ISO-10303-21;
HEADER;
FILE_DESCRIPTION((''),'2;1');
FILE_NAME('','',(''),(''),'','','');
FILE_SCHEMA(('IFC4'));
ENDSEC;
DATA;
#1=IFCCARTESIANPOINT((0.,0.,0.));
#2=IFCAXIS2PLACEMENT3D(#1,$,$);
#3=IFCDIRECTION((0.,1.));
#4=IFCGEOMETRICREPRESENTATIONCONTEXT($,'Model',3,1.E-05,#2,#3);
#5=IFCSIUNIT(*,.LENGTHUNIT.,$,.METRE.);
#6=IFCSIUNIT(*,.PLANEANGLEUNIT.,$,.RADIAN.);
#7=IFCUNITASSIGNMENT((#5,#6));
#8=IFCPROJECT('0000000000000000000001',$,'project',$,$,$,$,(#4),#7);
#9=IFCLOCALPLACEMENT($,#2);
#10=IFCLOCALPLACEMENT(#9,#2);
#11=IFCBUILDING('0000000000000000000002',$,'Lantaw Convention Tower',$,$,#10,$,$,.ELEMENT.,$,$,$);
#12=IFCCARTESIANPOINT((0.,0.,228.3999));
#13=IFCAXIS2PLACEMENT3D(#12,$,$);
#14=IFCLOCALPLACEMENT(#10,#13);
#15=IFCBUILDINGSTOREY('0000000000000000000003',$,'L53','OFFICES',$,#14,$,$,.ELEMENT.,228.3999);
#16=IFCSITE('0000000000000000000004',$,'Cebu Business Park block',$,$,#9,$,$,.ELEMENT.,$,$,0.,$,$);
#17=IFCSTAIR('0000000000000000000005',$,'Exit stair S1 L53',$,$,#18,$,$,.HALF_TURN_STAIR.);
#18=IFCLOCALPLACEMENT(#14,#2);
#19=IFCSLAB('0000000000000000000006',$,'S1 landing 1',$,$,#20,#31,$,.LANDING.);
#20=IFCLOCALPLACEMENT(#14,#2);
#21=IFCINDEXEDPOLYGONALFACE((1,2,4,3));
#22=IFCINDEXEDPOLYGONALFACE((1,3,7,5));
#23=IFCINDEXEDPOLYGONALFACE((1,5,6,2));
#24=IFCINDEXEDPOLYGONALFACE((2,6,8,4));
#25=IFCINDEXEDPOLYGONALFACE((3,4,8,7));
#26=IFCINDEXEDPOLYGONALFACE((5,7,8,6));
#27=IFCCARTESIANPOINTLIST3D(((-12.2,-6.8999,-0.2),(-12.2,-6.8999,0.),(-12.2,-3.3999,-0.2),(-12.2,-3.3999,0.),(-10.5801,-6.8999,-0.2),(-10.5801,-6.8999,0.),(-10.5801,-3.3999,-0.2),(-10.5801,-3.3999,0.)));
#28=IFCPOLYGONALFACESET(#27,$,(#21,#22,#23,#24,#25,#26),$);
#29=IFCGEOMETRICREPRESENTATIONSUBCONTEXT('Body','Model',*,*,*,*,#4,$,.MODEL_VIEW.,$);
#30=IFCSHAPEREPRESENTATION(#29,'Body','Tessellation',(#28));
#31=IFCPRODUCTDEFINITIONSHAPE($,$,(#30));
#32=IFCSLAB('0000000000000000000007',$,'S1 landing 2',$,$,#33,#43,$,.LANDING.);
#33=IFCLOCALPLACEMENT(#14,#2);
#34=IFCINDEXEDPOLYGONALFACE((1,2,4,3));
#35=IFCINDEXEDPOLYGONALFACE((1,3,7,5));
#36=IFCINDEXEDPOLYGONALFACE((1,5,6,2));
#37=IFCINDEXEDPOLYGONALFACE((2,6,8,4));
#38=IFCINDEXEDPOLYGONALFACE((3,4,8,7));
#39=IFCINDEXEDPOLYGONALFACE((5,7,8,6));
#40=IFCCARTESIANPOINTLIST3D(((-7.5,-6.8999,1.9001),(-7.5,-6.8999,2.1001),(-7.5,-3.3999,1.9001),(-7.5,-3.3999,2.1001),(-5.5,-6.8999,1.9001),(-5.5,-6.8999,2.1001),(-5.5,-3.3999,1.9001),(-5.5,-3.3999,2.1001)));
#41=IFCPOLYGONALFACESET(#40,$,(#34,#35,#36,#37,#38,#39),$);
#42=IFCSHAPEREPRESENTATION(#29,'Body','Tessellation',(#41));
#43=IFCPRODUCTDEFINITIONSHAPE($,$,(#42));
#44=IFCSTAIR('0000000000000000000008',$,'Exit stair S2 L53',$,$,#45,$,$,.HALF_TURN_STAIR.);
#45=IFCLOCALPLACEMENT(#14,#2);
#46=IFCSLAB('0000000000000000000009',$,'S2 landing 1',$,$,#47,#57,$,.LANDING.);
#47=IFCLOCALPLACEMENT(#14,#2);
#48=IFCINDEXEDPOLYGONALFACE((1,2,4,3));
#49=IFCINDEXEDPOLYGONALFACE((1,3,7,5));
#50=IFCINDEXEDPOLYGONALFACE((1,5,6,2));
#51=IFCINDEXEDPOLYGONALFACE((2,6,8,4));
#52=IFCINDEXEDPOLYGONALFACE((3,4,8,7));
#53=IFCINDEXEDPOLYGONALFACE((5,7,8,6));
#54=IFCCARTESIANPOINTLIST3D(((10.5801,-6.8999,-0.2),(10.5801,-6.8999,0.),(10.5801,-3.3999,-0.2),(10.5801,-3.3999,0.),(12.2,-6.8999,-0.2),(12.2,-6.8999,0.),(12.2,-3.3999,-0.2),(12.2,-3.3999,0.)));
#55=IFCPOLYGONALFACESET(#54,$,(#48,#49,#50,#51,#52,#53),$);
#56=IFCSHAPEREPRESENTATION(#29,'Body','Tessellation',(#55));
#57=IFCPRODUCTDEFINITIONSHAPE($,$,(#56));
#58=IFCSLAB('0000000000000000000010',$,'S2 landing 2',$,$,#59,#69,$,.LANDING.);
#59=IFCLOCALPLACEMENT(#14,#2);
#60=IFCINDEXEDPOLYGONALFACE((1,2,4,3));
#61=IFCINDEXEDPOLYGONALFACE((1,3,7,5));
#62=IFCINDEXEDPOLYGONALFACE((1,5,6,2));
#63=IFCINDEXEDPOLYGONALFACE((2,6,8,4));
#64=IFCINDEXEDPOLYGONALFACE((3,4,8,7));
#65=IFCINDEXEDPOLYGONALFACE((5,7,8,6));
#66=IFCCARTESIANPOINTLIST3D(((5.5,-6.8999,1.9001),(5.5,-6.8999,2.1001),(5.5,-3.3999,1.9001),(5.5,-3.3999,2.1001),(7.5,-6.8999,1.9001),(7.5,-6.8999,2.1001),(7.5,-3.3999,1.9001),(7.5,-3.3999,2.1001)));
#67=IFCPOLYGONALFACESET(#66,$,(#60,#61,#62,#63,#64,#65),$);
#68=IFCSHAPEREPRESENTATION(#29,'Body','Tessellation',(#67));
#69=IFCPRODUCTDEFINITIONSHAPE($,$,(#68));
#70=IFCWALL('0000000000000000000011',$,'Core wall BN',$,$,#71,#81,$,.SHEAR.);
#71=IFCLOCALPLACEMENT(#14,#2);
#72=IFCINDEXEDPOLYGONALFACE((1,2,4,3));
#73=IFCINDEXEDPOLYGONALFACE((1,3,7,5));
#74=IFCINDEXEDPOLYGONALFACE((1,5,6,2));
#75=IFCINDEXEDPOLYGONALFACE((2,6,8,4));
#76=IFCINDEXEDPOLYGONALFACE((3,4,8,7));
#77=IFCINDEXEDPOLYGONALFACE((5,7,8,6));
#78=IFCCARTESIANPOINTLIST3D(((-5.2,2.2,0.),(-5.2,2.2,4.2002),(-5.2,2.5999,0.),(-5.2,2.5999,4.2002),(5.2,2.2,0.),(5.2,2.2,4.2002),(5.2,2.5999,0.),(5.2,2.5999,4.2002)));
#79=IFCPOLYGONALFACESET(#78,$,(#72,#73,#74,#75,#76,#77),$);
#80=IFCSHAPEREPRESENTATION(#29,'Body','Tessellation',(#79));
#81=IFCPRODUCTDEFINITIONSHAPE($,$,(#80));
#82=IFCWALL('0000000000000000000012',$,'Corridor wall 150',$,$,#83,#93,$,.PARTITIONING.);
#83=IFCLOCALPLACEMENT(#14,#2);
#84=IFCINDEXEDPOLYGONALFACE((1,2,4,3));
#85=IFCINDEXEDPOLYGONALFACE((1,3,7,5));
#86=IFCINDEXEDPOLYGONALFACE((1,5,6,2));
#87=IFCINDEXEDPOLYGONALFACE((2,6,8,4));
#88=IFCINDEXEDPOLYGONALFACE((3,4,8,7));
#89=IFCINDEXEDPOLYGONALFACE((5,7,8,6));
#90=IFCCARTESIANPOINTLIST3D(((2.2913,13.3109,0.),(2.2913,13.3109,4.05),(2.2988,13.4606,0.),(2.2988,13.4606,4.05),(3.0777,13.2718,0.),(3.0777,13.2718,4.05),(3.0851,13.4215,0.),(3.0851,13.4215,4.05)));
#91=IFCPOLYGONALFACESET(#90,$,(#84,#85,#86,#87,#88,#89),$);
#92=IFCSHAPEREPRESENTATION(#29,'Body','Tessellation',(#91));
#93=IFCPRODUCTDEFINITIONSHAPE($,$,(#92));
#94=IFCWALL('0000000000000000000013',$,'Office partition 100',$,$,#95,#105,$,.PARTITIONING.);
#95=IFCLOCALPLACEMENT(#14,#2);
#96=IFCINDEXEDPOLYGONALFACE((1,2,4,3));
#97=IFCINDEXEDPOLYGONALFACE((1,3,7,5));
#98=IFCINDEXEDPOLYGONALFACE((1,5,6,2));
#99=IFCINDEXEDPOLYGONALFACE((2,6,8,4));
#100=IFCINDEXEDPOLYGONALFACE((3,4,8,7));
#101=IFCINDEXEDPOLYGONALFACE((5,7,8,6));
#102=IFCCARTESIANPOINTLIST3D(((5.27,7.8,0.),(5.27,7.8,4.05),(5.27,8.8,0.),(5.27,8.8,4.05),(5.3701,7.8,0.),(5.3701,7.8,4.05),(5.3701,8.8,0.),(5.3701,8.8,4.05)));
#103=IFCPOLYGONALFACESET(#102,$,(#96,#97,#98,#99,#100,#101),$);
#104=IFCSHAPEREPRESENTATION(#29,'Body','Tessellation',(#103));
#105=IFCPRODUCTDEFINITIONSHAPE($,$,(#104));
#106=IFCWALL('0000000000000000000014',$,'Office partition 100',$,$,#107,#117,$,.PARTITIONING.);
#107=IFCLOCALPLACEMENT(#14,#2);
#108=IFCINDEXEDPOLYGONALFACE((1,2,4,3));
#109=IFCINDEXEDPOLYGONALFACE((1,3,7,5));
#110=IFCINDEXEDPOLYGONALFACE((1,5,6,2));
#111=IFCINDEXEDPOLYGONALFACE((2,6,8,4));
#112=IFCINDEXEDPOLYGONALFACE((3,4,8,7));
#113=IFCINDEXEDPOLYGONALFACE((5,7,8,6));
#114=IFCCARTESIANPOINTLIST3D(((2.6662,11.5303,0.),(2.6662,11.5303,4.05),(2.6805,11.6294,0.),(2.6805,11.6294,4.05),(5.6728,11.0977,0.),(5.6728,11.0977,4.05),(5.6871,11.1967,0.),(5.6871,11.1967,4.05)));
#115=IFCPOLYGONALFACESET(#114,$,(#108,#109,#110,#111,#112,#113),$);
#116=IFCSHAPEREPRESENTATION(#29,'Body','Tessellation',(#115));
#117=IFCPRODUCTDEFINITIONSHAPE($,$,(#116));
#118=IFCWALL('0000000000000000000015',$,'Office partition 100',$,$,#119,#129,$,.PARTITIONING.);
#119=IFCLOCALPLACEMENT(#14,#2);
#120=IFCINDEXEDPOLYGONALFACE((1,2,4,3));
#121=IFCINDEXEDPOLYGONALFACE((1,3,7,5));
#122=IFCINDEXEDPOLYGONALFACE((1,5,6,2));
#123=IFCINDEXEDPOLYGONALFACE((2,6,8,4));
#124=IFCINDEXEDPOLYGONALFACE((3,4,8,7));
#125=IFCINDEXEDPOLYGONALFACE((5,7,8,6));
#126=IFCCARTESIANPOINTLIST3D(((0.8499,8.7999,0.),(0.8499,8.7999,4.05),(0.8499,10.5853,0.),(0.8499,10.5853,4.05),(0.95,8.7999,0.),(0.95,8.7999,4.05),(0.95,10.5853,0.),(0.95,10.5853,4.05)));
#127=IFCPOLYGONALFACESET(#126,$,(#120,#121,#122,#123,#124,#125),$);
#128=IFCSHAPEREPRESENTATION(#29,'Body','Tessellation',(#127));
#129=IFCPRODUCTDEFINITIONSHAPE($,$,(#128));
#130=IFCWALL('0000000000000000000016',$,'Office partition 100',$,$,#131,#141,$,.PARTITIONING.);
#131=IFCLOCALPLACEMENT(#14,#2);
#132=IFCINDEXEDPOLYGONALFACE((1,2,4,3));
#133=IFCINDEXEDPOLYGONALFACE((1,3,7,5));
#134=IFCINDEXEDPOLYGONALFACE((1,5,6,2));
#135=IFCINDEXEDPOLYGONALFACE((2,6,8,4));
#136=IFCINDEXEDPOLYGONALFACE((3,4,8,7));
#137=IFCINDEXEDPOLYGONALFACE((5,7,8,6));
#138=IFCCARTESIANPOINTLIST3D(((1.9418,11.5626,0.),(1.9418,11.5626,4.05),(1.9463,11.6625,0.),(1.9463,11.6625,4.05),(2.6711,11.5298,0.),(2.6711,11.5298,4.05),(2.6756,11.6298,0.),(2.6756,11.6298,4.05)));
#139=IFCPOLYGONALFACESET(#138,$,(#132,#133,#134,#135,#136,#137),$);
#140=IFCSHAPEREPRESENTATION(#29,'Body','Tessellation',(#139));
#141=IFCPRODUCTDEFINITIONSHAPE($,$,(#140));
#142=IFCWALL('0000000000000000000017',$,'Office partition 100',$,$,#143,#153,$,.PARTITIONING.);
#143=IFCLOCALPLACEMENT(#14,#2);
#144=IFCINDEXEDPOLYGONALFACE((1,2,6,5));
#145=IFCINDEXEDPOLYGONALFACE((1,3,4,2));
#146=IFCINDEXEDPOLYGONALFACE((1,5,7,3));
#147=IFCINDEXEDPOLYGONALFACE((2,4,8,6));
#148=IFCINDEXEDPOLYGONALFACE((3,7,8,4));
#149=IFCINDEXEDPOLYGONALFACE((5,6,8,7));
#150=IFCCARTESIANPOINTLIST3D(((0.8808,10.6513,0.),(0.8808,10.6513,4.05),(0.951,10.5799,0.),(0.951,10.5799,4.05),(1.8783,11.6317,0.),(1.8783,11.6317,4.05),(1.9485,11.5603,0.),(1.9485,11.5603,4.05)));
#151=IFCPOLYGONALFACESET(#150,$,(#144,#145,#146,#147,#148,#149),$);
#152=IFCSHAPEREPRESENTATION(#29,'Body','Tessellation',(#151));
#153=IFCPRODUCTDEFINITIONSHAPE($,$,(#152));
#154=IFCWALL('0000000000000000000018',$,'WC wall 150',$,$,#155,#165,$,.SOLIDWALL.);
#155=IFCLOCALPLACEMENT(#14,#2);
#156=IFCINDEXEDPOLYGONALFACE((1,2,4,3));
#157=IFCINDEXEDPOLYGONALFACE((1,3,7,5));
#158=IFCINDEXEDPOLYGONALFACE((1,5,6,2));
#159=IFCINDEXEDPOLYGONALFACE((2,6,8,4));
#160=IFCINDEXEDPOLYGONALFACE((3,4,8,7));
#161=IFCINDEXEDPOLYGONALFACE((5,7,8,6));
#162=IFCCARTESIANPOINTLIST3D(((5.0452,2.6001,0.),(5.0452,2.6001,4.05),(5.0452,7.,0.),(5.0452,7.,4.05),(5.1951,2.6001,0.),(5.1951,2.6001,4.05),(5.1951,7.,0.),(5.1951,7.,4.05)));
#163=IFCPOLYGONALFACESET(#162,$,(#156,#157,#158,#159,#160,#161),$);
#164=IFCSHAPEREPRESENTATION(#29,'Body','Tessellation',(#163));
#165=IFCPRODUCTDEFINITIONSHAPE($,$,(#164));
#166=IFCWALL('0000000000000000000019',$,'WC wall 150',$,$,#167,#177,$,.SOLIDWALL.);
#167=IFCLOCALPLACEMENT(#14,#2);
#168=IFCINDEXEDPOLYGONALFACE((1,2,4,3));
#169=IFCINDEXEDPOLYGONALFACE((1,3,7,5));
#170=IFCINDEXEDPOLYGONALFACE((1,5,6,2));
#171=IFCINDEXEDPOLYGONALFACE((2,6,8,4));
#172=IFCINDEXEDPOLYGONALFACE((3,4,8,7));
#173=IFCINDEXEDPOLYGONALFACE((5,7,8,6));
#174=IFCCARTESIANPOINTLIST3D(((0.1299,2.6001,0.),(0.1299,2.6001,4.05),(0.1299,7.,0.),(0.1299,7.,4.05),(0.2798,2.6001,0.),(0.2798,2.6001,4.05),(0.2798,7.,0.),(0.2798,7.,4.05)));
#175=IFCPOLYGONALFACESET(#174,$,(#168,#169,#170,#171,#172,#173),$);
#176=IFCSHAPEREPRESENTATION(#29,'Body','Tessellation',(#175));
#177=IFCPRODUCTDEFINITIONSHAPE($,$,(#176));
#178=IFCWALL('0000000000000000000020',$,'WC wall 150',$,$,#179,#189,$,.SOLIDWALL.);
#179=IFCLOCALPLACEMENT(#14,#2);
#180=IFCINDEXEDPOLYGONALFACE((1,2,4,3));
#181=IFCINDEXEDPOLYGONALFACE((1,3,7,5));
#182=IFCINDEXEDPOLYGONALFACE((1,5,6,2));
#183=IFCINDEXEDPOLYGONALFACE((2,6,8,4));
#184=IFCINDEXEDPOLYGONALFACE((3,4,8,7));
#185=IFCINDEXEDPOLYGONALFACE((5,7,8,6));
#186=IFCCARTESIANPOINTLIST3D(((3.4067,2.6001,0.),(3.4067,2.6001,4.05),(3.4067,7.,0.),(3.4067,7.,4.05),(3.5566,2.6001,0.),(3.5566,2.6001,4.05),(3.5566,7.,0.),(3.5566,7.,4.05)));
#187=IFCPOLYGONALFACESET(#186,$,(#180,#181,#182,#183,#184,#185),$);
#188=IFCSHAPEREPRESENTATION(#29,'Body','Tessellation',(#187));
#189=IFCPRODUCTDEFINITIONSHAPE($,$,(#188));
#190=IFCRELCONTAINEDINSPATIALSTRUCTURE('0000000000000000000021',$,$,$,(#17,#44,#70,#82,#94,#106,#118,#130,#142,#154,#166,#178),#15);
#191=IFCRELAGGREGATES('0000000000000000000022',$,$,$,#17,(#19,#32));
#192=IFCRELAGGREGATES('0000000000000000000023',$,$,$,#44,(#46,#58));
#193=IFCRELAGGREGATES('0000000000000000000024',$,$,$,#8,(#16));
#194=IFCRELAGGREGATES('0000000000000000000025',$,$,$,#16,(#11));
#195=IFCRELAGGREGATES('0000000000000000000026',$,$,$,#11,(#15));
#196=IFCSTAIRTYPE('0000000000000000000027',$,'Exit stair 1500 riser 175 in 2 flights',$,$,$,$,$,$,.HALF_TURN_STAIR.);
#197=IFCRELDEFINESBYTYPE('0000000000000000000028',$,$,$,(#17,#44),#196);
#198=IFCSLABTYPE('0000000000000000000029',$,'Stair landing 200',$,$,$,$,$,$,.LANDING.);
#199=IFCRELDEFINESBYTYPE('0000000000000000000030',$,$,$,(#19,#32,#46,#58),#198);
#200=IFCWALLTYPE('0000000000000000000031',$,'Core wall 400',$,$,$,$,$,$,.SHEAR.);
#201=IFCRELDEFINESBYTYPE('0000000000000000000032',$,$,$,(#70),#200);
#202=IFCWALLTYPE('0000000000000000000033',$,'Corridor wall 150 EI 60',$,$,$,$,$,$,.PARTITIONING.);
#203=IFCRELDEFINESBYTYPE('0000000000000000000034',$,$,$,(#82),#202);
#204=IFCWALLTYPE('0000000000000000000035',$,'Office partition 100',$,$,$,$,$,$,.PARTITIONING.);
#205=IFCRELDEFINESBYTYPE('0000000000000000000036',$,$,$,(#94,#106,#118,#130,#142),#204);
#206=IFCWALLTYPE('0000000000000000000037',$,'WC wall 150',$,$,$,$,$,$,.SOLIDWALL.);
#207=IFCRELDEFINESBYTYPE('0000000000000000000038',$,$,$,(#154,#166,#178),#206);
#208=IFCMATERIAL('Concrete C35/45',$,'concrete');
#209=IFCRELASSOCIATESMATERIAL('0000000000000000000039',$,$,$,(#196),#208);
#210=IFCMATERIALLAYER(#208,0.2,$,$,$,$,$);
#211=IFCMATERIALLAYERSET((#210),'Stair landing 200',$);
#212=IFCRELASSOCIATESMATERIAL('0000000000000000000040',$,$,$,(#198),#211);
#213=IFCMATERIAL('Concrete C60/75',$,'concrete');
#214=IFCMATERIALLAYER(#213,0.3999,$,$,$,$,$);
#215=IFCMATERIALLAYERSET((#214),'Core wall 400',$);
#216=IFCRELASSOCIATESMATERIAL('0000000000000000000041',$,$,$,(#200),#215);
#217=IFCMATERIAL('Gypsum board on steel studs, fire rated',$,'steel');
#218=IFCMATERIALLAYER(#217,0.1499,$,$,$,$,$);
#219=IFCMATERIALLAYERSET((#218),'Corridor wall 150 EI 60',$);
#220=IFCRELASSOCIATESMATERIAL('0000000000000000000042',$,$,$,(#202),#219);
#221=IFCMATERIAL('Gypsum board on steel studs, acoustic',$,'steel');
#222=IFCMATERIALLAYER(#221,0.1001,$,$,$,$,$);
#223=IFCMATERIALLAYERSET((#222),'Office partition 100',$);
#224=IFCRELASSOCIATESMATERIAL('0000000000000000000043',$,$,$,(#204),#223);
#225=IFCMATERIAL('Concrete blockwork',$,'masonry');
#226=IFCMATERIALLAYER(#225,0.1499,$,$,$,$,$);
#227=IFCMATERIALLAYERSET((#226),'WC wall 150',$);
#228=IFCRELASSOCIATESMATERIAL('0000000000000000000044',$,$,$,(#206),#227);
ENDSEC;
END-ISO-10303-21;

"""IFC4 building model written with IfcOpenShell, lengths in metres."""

from ifc_helpers import new_model, si_unit, direction, frame, frame_2d, origin, place, context, subcontext, project, spatial, polyline, rectangle, outline, extrude, material, layer, layer_set, type_object, element, aggregate, save


model = new_model("IFC4")

# Units and contexts
model_context = context("Model", 3, precision=1e-05, world=origin(), true_north=direction((0.0, 1.0)))
body_context = subcontext(model_context, "Body", "Model", "MODEL_VIEW")
ifc_project = project(units=[si_unit("LENGTHUNIT", "METRE"), si_unit("PLANEANGLEUNIT", "RADIAN")], contexts=[model_context])

# Site, building, storey
site_placement = place(None, origin())
site = spatial("IfcSite", under=ifc_project, at=site_placement, Name="Cebu Business Park block", CompositionType="ELEMENT", RefElevation=0.0)
building_placement = place(site_placement, origin())
building = spatial("IfcBuilding", under=site, at=building_placement, Name="Lantaw Convention Tower", CompositionType="ELEMENT")
storey_placement = place(building_placement, frame((0.0, 0.0, 228.3999)))
storey = spatial("IfcBuildingStorey", under=building, at=storey_placement, Name="L53", Description="OFFICES", CompositionType="ELEMENT", Elevation=228.3999)

# Stairs, slabs
ifc_material_1 = material(Name="Concrete C35/45", Category="concrete")
stair_type = type_object("IfcStairType", Name="Exit stair 1500 riser 175 in 2 flights", PredefinedType="HALF_TURN_STAIR", material=ifc_material_1)
stair_1_placement = place(storey_placement, origin())
stair_1 = element("IfcStair", 1, at=stair_1_placement, inside=storey, type_object=stair_type, Name="Exit stair S1 L53", PredefinedType="HALF_TURN_STAIR")
ifc_layer_1 = layer(ifc_material_1, 0.2)
ifc_layer_set_1 = layer_set([ifc_layer_1], Name="Stair landing 200")
slab_type = type_object("IfcSlabType", Name="Stair landing 200", PredefinedType="LANDING", material=ifc_layer_set_1)
slab_1_placement = place(storey_placement, frame((0.0, 0.0, -0.2)))
slab_1 = element("IfcSlab", 2, at=slab_1_placement, type_object=slab_type, Name="S1 landing 1", PredefinedType="LANDING", context=body_context, shape_type="SweptSolid", body=[
    extrude(outline(polyline([(-12.2, -6.8999), (-10.5801, -6.8999), (-10.5801, -3.3999), (-12.2, -3.3999), (-12.2, -6.8999)])), origin(), (0.0, 0.0, 1.0), 0.2),
])
slab_2_placement = place(storey_placement, frame((0.0, 0.0, 1.9001)))
slab_2 = element("IfcSlab", 3, at=slab_2_placement, type_object=slab_type, Name="S1 landing 2", PredefinedType="LANDING", context=body_context, shape_type="SweptSolid", body=[
    extrude(outline(polyline([(-7.5, -6.8999), (-5.5, -6.8999), (-5.5, -3.3999), (-7.5, -3.3999), (-7.5, -6.8999)])), origin(), (0.0, 0.0, 1.0), 0.2),
])
aggregate(stair_1, [slab_1, slab_2])
stair_2_placement = place(storey_placement, origin())
stair_2 = element("IfcStair", 4, at=stair_2_placement, inside=storey, type_object=stair_type, Name="Exit stair S2 L53", PredefinedType="HALF_TURN_STAIR")
slab_3_placement = place(storey_placement, frame((0.0, 0.0, -0.2)))
slab_3 = element("IfcSlab", 5, at=slab_3_placement, type_object=slab_type, Name="S2 landing 1", PredefinedType="LANDING", context=body_context, shape_type="SweptSolid", body=[
    extrude(outline(polyline([(10.5801, -6.8999), (12.2, -6.8999), (12.2, -3.3999), (10.5801, -3.3999), (10.5801, -6.8999)])), origin(), (0.0, 0.0, 1.0), 0.2),
])
slab_4_placement = place(storey_placement, frame((0.0, 0.0, 1.9001)))
slab_4 = element("IfcSlab", 6, at=slab_4_placement, type_object=slab_type, Name="S2 landing 2", PredefinedType="LANDING", context=body_context, shape_type="SweptSolid", body=[
    extrude(outline(polyline([(5.5, -6.8999), (7.5, -6.8999), (7.5, -3.3999), (5.5, -3.3999), (5.5, -6.8999)])), origin(), (0.0, 0.0, 1.0), 0.2),
])
aggregate(stair_2, [slab_3, slab_4])

# Walls
ifc_material_2 = material(Name="Concrete C60/75", Category="concrete")
ifc_layer_2 = layer(ifc_material_2, 0.3999)
ifc_layer_set_2 = layer_set([ifc_layer_2], Name="Core wall 400")
wall_type_1 = type_object("IfcWallType", Name="Core wall 400", PredefinedType="SHEAR", material=ifc_layer_set_2)
wall_1_placement = place(storey_placement, frame((5.2, 2.3999, 0.0), z_axis=(0.0, 0.0, 1.0), x_axis=(-1.0, 0.0, 0.0)))
element("IfcWall", 7, at=wall_1_placement, inside=storey, type_object=wall_type_1, Name="Core wall BN", PredefinedType="SHEAR", context=body_context, shape_type="SweptSolid", body=[
    extrude(rectangle(XDim=10.3999, YDim=0.3999, at=frame_2d((5.2, 0.0))), origin(), (0.0, 0.0, 1.0), 4.2002),
])
ifc_material_3 = material(Name="Gypsum board on steel studs, fire rated", Category="steel")
ifc_layer_3 = layer(ifc_material_3, 0.1499)
ifc_layer_set_3 = layer_set([ifc_layer_3], Name="Corridor wall 150 EI 60")
wall_type_2 = type_object("IfcWallType", Name="Corridor wall 150 EI 60", PredefinedType="PARTITIONING", material=ifc_layer_set_3)
wall_2_placement = place(storey_placement, frame((3.0813, 13.3467, 0.0), z_axis=(0.0, 0.0, 1.0), x_axis=(-0.998769, 0.049613, 0.0)))
element("IfcWall", 8, at=wall_2_placement, inside=storey, type_object=wall_type_2, Name="Corridor wall 150", PredefinedType="PARTITIONING", context=body_context, shape_type="SweptSolid", body=[
    extrude(rectangle(XDim=0.7874, YDim=0.1499, at=frame_2d((0.3936, 0.0))), origin(), (0.0, 0.0, 1.0), 4.05),
])
ifc_material_4 = material(Name="Gypsum board on steel studs, acoustic", Category="steel")
ifc_layer_4 = layer(ifc_material_4, 0.1001)
ifc_layer_set_4 = layer_set([ifc_layer_4], Name="Office partition 100")
wall_type_3 = type_object("IfcWallType", Name="Office partition 100", PredefinedType="PARTITIONING", material=ifc_layer_set_4)
wall_3_placement = place(storey_placement, frame((5.3201, 7.8, 0.0), z_axis=(0.0, 0.0, 1.0), x_axis=(0.0, 1.0, 0.0)))
element("IfcWall", 9, at=wall_3_placement, inside=storey, type_object=wall_type_3, Name="Office partition 100", PredefinedType="PARTITIONING", context=body_context, shape_type="SweptSolid", body=[
    extrude(rectangle(XDim=1.0, YDim=0.1001, at=frame_2d((0.5, 0.0))), origin(), (0.0, 0.0, 1.0), 4.05),
])
wall_4_placement = place(storey_placement, frame((2.6733, 11.5798, 0.0), z_axis=(0.0, 0.0, 1.0), x_axis=(0.989806, -0.142423, 0.0)))
element("IfcWall", 10, at=wall_4_placement, inside=storey, type_object=wall_type_3, Name="Office partition 100", PredefinedType="PARTITIONING", context=body_context, shape_type="SweptSolid", body=[
    extrude(rectangle(XDim=3.0376, YDim=0.1001, at=frame_2d((1.5188, 0.0))), origin(), (0.0, 0.0, 1.0), 4.05),
])
wall_5_placement = place(storey_placement, frame((0.8999, 8.8, 0.0), z_axis=(0.0, 0.0, 1.0), x_axis=(0.0, 1.0, 0.0)))
element("IfcWall", 11, at=wall_5_placement, inside=storey, type_object=wall_type_3, Name="Office partition 100", PredefinedType="PARTITIONING", context=body_context, shape_type="SweptSolid", body=[
    extrude(rectangle(XDim=1.7854, YDim=0.1001, at=frame_2d((0.8926, 0.0))), origin(), (0.0, 0.0, 1.0), 4.05),
])
wall_6_placement = place(storey_placement, frame((1.9441, 11.6125, 0.0), z_axis=(0.0, 0.0, 1.0), x_axis=(0.998995, -0.044816, 0.0)))
element("IfcWall", 12, at=wall_6_placement, inside=storey, type_object=wall_type_3, Name="Office partition 100", PredefinedType="PARTITIONING", context=body_context, shape_type="SweptSolid", body=[
    extrude(rectangle(XDim=0.73, YDim=0.1001, at=frame_2d((0.365, 0.0))), origin(), (0.0, 0.0, 1.0), 4.05),
])
wall_7_placement = place(storey_placement, frame((1.9133, 11.5959, 0.0), z_axis=(0.0, 0.0, 1.0), x_axis=(-0.713189, -0.700971, 0.0)))
element("IfcWall", 13, at=wall_7_placement, inside=storey, type_object=wall_type_3, Name="Office partition 100", PredefinedType="PARTITIONING", context=body_context, shape_type="SweptSolid", body=[
    extrude(rectangle(XDim=1.3987, YDim=0.1001, at=frame_2d((0.6992, 0.0))), origin(), (0.0, 0.0, 1.0), 4.05),
])
ifc_material_5 = material(Name="Concrete blockwork", Category="masonry")
ifc_layer_5 = layer(ifc_material_5, 0.1499)
ifc_layer_set_5 = layer_set([ifc_layer_5], Name="WC wall 150")
wall_type_4 = type_object("IfcWallType", Name="WC wall 150", PredefinedType="SOLIDWALL", material=ifc_layer_set_5)
for number, where, z_axis, x_axis, name in (
    (14, (5.1201, 2.6001, 0.0), (0.0, 0.0, 1.0), (0.0, 1.0, 0.0), "WC wall 150"),
    (15, (0.2048, 2.6001, 0.0), (0.0, 0.0, 1.0), (0.0, 1.0, 0.0), "WC wall 150"),
    (16, (3.4817, 2.6001, 0.0), (0.0, 0.0, 1.0), (0.0, 1.0, 0.0), "WC wall 150"),
):
    element("IfcWall", number, at=place(storey_placement, frame(where, z_axis=z_axis, x_axis=x_axis)), inside=storey, type_object=wall_type_4, Name=name, PredefinedType="SOLIDWALL", context=body_context, shape_type="SweptSolid", body=[
        extrude(rectangle(XDim=4.3999, YDim=0.1499, at=frame_2d((2.2, 0.0))), origin(), (0.0, 0.0, 1.0), 4.05),
    ])

save(model, "model.ifc")
